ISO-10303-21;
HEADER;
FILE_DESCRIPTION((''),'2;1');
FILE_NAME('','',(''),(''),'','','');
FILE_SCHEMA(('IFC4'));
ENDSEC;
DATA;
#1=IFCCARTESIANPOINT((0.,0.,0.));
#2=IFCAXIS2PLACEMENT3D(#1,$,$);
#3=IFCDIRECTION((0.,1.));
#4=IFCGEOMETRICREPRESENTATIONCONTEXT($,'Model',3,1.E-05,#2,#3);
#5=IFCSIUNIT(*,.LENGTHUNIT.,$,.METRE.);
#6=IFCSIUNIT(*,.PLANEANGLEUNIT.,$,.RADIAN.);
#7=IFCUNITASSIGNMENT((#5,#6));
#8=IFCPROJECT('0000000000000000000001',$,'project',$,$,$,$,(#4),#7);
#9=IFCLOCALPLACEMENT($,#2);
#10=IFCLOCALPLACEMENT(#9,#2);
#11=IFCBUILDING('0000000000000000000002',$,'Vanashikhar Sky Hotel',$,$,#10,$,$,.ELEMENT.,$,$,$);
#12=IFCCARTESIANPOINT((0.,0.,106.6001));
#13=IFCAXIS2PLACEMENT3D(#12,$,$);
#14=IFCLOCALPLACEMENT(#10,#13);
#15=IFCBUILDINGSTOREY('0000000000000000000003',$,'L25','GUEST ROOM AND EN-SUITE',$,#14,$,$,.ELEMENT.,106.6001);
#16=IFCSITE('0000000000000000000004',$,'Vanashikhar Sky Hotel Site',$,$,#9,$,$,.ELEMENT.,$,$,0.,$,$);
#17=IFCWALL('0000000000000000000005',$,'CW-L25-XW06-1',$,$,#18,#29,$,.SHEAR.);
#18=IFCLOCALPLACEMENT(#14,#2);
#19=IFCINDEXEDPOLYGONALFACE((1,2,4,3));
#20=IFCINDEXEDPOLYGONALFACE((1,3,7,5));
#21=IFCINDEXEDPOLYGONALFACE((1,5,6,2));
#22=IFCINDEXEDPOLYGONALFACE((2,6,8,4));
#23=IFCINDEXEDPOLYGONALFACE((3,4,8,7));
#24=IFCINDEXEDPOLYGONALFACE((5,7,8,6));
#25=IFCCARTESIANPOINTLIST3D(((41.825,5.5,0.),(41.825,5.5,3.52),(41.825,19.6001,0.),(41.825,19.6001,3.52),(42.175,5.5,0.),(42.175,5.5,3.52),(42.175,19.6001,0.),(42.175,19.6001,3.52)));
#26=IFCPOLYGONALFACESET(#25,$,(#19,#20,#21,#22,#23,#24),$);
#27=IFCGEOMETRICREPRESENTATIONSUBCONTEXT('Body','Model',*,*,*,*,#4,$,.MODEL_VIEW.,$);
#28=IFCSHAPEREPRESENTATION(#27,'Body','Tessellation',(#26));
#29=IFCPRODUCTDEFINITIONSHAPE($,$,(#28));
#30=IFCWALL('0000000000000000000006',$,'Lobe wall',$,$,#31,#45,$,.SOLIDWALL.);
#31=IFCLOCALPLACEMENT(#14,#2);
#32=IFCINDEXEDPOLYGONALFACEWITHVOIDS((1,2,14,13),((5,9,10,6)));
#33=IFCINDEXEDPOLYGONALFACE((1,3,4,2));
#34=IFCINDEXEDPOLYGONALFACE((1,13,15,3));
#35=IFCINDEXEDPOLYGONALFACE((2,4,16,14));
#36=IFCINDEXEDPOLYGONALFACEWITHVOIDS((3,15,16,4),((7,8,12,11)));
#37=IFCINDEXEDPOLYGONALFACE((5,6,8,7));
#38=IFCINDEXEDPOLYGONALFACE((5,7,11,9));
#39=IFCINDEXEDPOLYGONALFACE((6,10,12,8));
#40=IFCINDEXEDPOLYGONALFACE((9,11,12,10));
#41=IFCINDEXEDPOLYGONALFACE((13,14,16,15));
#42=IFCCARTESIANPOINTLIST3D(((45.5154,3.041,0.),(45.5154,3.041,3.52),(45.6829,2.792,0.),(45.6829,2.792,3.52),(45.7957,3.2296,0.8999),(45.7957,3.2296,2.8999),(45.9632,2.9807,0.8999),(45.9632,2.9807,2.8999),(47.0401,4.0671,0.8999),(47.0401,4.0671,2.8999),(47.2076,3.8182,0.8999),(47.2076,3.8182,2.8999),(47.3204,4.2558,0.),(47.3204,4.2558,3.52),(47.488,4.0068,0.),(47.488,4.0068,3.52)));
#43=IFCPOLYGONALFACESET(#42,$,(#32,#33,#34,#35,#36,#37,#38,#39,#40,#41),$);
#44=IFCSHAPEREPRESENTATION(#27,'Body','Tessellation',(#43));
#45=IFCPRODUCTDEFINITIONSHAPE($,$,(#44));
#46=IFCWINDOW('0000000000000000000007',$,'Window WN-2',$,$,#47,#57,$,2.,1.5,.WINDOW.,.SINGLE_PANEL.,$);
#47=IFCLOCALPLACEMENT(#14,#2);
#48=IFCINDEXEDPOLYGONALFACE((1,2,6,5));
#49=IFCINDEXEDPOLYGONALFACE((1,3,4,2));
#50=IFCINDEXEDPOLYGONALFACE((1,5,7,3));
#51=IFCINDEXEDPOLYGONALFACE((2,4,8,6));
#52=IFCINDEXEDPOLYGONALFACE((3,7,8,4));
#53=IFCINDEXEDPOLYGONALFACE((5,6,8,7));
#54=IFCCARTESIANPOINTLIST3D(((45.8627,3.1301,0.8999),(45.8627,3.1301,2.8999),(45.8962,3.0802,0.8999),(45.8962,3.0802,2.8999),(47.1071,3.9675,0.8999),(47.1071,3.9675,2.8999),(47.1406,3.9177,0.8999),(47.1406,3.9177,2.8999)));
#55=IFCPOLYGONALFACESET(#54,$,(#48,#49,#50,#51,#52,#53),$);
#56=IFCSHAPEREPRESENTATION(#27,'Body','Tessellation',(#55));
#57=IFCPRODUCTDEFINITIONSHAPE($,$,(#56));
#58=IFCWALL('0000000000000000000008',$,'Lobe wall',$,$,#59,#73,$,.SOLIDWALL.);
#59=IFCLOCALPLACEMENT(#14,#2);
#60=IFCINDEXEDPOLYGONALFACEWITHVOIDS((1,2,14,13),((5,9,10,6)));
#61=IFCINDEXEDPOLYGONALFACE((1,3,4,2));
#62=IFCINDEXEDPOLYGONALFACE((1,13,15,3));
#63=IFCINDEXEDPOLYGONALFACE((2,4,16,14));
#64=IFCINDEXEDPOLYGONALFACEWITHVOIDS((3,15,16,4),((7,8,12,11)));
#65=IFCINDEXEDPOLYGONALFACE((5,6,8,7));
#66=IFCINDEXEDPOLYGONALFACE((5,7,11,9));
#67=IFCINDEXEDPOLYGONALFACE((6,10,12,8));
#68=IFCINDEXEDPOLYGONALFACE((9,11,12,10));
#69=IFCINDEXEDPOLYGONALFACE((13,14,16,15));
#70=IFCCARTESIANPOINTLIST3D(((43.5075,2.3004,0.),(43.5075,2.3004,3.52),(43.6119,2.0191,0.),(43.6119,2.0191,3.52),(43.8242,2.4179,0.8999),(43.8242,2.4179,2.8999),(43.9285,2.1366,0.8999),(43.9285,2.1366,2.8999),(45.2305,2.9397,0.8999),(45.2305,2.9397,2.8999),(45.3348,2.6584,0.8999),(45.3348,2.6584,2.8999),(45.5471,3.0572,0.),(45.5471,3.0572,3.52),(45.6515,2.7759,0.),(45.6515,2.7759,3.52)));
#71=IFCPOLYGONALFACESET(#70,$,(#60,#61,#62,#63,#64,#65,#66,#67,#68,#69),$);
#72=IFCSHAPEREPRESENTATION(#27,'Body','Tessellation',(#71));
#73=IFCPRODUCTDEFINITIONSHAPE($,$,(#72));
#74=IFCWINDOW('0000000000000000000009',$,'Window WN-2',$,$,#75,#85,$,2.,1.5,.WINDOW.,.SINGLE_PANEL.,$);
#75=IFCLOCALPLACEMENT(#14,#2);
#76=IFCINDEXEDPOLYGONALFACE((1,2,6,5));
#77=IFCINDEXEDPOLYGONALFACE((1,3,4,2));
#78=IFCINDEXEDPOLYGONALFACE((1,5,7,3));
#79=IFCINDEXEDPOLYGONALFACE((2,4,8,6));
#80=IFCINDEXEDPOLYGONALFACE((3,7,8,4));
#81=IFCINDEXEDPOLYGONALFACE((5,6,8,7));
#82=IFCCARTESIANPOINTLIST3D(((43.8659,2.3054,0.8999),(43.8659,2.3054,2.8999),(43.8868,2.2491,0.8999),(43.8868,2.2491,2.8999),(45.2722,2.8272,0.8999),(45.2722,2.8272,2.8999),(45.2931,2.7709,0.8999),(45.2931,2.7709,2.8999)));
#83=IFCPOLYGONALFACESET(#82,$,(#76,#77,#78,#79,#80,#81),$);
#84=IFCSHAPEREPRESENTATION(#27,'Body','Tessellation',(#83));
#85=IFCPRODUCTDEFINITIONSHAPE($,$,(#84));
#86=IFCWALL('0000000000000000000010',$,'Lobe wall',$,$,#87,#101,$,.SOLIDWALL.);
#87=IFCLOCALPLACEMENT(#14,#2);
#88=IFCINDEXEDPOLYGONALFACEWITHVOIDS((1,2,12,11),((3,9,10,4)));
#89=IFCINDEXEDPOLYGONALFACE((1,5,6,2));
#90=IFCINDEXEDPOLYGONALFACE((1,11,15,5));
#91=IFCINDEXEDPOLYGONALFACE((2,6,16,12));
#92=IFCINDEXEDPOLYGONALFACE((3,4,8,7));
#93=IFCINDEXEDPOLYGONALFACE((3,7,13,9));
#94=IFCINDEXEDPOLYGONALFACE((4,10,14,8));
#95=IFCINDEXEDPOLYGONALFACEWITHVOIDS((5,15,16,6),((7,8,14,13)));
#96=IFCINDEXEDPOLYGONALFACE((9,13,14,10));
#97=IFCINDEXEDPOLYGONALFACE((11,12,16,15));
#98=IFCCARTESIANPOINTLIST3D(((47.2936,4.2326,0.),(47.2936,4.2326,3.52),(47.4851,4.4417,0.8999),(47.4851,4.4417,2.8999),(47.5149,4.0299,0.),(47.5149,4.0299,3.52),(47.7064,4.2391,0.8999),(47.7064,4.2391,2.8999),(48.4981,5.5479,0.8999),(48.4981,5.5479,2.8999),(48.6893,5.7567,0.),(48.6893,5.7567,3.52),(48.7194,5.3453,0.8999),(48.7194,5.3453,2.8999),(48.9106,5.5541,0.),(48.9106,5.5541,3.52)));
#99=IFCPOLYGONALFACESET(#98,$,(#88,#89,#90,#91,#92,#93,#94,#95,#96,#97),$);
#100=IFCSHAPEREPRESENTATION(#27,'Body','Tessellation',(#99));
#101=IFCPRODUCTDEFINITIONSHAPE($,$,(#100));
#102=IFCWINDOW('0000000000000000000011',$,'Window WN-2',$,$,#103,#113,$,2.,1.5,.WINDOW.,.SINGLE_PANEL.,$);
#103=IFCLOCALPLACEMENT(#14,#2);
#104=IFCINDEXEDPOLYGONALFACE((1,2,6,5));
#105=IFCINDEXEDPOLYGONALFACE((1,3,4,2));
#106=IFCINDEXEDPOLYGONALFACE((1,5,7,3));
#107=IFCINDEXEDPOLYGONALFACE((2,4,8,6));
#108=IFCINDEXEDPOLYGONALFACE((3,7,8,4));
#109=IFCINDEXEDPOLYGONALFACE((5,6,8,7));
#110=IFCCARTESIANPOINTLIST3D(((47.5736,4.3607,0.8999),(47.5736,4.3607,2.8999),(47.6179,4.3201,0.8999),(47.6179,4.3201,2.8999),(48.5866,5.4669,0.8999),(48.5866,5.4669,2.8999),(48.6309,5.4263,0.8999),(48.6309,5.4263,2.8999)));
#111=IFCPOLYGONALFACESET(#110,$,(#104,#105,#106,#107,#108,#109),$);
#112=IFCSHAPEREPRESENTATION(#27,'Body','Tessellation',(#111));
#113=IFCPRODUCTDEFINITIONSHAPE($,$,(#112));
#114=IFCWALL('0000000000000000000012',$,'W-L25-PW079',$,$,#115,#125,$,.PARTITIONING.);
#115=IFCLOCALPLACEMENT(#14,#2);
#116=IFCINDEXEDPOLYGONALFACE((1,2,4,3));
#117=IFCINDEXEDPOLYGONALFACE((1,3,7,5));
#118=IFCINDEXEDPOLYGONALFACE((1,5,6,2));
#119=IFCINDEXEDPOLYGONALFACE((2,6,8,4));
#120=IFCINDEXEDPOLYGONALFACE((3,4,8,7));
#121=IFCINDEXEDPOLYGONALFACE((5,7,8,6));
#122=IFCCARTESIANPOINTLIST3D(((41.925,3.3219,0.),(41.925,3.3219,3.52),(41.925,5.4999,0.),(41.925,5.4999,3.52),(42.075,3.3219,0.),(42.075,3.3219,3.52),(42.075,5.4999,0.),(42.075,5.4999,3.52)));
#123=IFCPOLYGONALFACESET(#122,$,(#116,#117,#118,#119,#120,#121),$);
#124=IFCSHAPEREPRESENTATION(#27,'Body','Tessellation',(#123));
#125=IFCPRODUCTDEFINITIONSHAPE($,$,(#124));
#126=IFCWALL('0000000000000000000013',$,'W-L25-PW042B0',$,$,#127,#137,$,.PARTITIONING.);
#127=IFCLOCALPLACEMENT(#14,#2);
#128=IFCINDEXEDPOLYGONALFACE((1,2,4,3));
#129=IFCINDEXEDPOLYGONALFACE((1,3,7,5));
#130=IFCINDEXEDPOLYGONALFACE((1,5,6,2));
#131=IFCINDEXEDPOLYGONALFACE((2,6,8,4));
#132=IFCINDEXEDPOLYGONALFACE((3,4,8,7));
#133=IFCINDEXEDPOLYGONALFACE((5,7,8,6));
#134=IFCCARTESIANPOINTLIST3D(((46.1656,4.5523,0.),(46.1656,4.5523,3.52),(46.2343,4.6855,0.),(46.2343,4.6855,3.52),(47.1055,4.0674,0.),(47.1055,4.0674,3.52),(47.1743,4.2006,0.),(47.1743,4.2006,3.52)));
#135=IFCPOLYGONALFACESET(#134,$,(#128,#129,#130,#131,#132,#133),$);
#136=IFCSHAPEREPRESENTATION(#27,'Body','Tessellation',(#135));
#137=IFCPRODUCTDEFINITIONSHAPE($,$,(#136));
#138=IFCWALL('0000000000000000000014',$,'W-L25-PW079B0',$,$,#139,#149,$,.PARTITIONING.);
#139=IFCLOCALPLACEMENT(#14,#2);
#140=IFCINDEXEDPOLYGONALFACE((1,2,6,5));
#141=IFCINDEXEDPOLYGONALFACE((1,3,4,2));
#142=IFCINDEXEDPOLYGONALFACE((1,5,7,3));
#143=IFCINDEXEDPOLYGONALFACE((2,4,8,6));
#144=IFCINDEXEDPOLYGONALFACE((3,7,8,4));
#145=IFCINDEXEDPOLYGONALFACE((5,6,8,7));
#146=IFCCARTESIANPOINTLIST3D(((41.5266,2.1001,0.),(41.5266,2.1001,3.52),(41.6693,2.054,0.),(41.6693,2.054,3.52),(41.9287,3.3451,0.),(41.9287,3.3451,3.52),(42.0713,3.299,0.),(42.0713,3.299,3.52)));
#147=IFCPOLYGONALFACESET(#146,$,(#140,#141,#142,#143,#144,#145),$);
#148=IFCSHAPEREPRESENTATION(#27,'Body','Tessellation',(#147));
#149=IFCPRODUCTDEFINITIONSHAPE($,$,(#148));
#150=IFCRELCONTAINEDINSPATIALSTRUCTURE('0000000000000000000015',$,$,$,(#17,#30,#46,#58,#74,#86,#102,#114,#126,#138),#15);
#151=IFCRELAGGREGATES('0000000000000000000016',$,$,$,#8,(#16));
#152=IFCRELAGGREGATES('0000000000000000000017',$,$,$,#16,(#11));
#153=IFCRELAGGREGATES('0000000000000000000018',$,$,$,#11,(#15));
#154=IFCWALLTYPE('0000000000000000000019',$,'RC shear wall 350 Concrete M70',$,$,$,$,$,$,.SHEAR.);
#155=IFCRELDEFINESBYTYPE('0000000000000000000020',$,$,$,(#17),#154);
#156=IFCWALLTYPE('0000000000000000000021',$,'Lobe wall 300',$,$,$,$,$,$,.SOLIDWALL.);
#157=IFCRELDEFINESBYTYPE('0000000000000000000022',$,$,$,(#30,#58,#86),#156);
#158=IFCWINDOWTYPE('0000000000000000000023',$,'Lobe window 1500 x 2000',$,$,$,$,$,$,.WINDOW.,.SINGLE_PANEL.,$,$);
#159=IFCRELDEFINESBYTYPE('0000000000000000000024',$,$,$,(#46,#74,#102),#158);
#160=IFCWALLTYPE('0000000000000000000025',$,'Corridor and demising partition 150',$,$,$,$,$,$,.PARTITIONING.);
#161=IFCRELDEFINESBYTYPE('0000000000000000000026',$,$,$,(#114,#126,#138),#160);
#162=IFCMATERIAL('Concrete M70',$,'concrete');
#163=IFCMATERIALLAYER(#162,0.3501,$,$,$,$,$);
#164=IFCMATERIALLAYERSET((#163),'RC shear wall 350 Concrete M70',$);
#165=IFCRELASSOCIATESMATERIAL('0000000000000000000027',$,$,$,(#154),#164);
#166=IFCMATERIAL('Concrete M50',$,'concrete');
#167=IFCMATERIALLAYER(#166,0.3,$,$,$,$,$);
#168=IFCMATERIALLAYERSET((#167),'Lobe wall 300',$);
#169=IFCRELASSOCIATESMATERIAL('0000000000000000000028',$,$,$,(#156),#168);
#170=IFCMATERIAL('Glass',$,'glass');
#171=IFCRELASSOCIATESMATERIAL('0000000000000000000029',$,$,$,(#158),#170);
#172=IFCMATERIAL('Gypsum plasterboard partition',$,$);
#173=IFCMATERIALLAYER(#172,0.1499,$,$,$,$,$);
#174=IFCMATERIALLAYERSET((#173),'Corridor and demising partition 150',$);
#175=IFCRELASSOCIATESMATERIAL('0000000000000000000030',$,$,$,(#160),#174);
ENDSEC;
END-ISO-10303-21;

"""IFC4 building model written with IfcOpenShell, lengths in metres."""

from ifc_helpers import new_model, si_unit, direction, frame, frame_2d, origin, place, context, subcontext, project, spatial, rectangle, extrude, source, transform, mapped, material, layer, layer_set, type_object, element, fill, save


model = new_model("IFC4")

# Units and contexts
model_context = context("Model", 3, precision=1e-05, world=origin(), true_north=direction((0.0, 1.0)))
body_context = subcontext(model_context, "Body", "Model", "MODEL_VIEW")
ifc_project = project(units=[si_unit("LENGTHUNIT", "METRE"), si_unit("PLANEANGLEUNIT", "RADIAN")], contexts=[model_context])

# Site, building, storey
site_placement = place(None, origin())
site = spatial("IfcSite", under=ifc_project, at=site_placement, Name="Vanashikhar Sky Hotel Site", CompositionType="ELEMENT", RefElevation=0.0)
building_placement = place(site_placement, origin())
building = spatial("IfcBuilding", under=site, at=building_placement, Name="Vanashikhar Sky Hotel", CompositionType="ELEMENT")
storey_placement = place(building_placement, frame((0.0, 0.0, 106.6001)))
storey = spatial("IfcBuildingStorey", under=building, at=storey_placement, Name="L25", Description="GUEST ROOM AND EN-SUITE", CompositionType="ELEMENT", Elevation=106.6001)

# Wall
ifc_material_1 = material(Name="Concrete M70", Category="concrete")
ifc_layer_1 = layer(ifc_material_1, 0.3501)
ifc_layer_set_1 = layer_set([ifc_layer_1], Name="RC shear wall 350 Concrete M70")
wall_type_1 = type_object("IfcWallType", Name="RC shear wall 350 Concrete M70", PredefinedType="SHEAR", material=ifc_layer_set_1)
shared_shape_1 = source(origin(), body_context, "Body", "SweptSolid", [
    extrude(rectangle(XDim=14.1001, YDim=0.3501, at=frame_2d((7.05, 0.0))), origin(), (0.0, 0.0, 1.0), 3.52),
])
wall_1_placement = place(storey_placement, frame((42.0, 5.5, 0.0), z_axis=(0.0, 0.0, 1.0), x_axis=(0.0, 1.0, 0.0)))
element("IfcWall", 1, at=wall_1_placement, inside=storey, type_object=wall_type_1, Name="CW-L25-XW06-1", PredefinedType="SHEAR", context=body_context, shape_type="MappedRepresentation", body=[
    mapped(shared_shape_1, transform((0.0, 0.0, 0.0), scale=1.0)),
])

# Walls, openings, windows
ifc_material_2 = material(Name="Concrete M50", Category="concrete")
ifc_layer_2 = layer(ifc_material_2, 0.3)
ifc_layer_set_2 = layer_set([ifc_layer_2], Name="Lobe wall 300")
wall_type_2 = type_object("IfcWallType", Name="Lobe wall 300", PredefinedType="SOLIDWALL", material=ifc_layer_set_2)
shared_shape_2 = source(origin(), body_context, "Body", "SweptSolid", [
    extrude(rectangle(XDim=2.1758, YDim=0.3, at=frame_2d((1.0879, 0.0))), origin(), (0.0, 0.0, 1.0), 3.52),
])
wall_2_placement = place(storey_placement, frame((45.5991, 2.9165, 0.0), z_axis=(0.0, 0.0, 1.0), x_axis=(0.829626, 0.55832, 0.0)))
wall_2 = element("IfcWall", 2, at=wall_2_placement, inside=storey, type_object=wall_type_2, Name="Lobe wall", PredefinedType="SOLIDWALL", context=body_context, shape_type="MappedRepresentation", body=[
    mapped(shared_shape_2, transform((0.0, 0.0, 0.0), scale=1.0)),
])
shared_shape_3 = source(origin(), body_context, "Body", "SweptSolid", [
    extrude(rectangle(XDim=1.5, YDim=2.0, at=frame_2d((0.75, 1.0))), frame((0.0, 0.1602, 0.0), z_axis=(0.0, -1.0, 0.0), x_axis=(1.0, 0.0, 0.0)), (0.0, 0.0, 1.0), 0.3201),
])
opening_1_placement = place(wall_2_placement, frame((0.3379, 0.0, 0.8999)))
opening_1 = element("IfcOpeningElement", 3, at=opening_1_placement, cuts=wall_2, PredefinedType="OPENING", context=body_context, shape_type="MappedRepresentation", body=[
    mapped(shared_shape_3, transform((0.0, 0.0, 0.0), scale=1.0)),
])
ifc_material_3 = material(Name="Glass", Category="glass")
window_type = type_object("IfcWindowType", Name="Lobe window 1500 x 2000", PartitioningType="SINGLE_PANEL", PredefinedType="WINDOW", material=ifc_material_3)
shared_shape_4 = source(origin(), body_context, "Body", "SweptSolid", [
    extrude(rectangle(XDim=1.5, YDim=2.0, at=frame_2d((0.75, 1.0))), frame((0.0, 0.03, 0.0), z_axis=(0.0, -1.0, 0.0), x_axis=(1.0, 0.0, 0.0)), (0.0, 0.0, 1.0), 0.0601),
])
window_1_placement = place(opening_1_placement, origin())
window_1 = element("IfcWindow", 4, at=window_1_placement, inside=storey, type_object=window_type, Name="Window WN-2", OverallHeight=2.0, OverallWidth=1.5, PartitioningType="SINGLE_PANEL", PredefinedType="WINDOW", context=body_context, shape_type="MappedRepresentation", body=[
    mapped(shared_shape_4, transform((0.0, 0.0, 0.0), scale=1.0)),
])
fill(opening_1, window_1)
shared_shape_5 = source(origin(), body_context, "Body", "SweptSolid", [
    extrude(rectangle(XDim=2.1755, YDim=0.3, at=frame_2d((1.0879, 0.0))), origin(), (0.0, 0.0, 1.0), 3.52),
])
wall_3_placement = place(storey_placement, frame((43.5596, 2.1597, 0.0), z_axis=(0.0, 0.0, 1.0), x_axis=(0.937532, 0.347899, 0.0)))
wall_3 = element("IfcWall", 5, at=wall_3_placement, inside=storey, type_object=wall_type_2, Name="Lobe wall", PredefinedType="SOLIDWALL", context=body_context, shape_type="MappedRepresentation", body=[
    mapped(shared_shape_5, transform((0.0, 0.0, 0.0), scale=1.0)),
])
opening_2_placement = place(wall_3_placement, frame((0.3379, 0.0, 0.8999)))
opening_2 = element("IfcOpeningElement", 6, at=opening_2_placement, cuts=wall_3, PredefinedType="OPENING", context=body_context, shape_type="MappedRepresentation", body=[
    mapped(shared_shape_3, transform((0.0, 0.0, 0.0), scale=1.0)),
])
window_2_placement = place(opening_2_placement, origin())
window_2 = element("IfcWindow", 7, at=window_2_placement, inside=storey, type_object=window_type, Name="Window WN-2", OverallHeight=2.0, OverallWidth=1.5, PartitioningType="SINGLE_PANEL", PredefinedType="WINDOW", context=body_context, shape_type="MappedRepresentation", body=[
    mapped(shared_shape_4, transform((0.0, 0.0, 0.0), scale=1.0)),
])
fill(opening_2, window_2)
shared_shape_6 = source(origin(), body_context, "Body", "SweptSolid", [
    extrude(rectangle(XDim=2.0667, YDim=0.3, at=frame_2d((1.0332, 0.0))), origin(), (0.0, 0.0, 1.0), 3.52),
])
wall_4_placement = place(storey_placement, frame((47.4043, 4.1313, 0.0), z_axis=(0.0, 0.0, 1.0), x_axis=(0.675355, 0.737492, 0.0)))
wall_4 = element("IfcWall", 8, at=wall_4_placement, inside=storey, type_object=wall_type_2, Name="Lobe wall", PredefinedType="SOLIDWALL", context=body_context, shape_type="MappedRepresentation", body=[
    mapped(shared_shape_6, transform((0.0, 0.0, 0.0), scale=1.0)),
])
opening_3_placement = place(wall_4_placement, frame((0.2834, 0.0, 0.8999)))
opening_3 = element("IfcOpeningElement", 9, at=opening_3_placement, cuts=wall_4, PredefinedType="OPENING", context=body_context, shape_type="MappedRepresentation", body=[
    mapped(shared_shape_3, transform((0.0, 0.0, 0.0), scale=1.0)),
])
window_3_placement = place(opening_3_placement, origin())
window_3 = element("IfcWindow", 10, at=window_3_placement, inside=storey, type_object=window_type, Name="Window WN-2", OverallHeight=2.0, OverallWidth=1.5, PartitioningType="SINGLE_PANEL", PredefinedType="WINDOW", context=body_context, shape_type="MappedRepresentation", body=[
    mapped(shared_shape_4, transform((0.0, 0.0, 0.0), scale=1.0)),
])
fill(opening_3, window_3)

# Walls
ifc_material_4 = material(Name="Gypsum plasterboard partition")
ifc_layer_3 = layer(ifc_material_4, 0.1499)
ifc_layer_set_3 = layer_set([ifc_layer_3], Name="Corridor and demising partition 150")
wall_type_3 = type_object("IfcWallType", Name="Corridor and demising partition 150", PredefinedType="PARTITIONING", material=ifc_layer_set_3)
shared_shape_7 = source(origin(), body_context, "Body", "SweptSolid", [
    extrude(rectangle(XDim=2.178, YDim=0.1499, at=frame_2d((1.0889, 0.0))), origin(), (0.0, 0.0, 1.0), 3.52),
])
wall_5_placement = place(storey_placement, frame((42.0, 3.322, 0.0), z_axis=(0.0, 0.0, 1.0), x_axis=(0.0, 1.0, 0.0)))
element("IfcWall", 11, at=wall_5_placement, inside=storey, type_object=wall_type_3, Name="W-L25-PW079", PredefinedType="PARTITIONING", context=body_context, shape_type="MappedRepresentation", body=[
    mapped(shared_shape_7, transform((0.0, 0.0, 0.0), scale=1.0)),
])
shared_shape_8 = source(origin(), body_context, "Body", "SweptSolid", [
    extrude(rectangle(XDim=1.0576, YDim=0.1499, at=frame_2d((0.5288, 0.0))), origin(), (0.0, 0.0, 1.0), 3.52),
])
wall_6_placement = place(storey_placement, frame((47.1399, 4.134, 0.0), z_axis=(0.0, 0.0, 1.0), x_axis=(-0.888724, 0.458443, 0.0)))
element("IfcWall", 12, at=wall_6_placement, inside=storey, type_object=wall_type_3, Name="W-L25-PW042B0", PredefinedType="PARTITIONING", context=body_context, shape_type="MappedRepresentation", body=[
    mapped(shared_shape_8, transform((0.0, 0.0, 0.0), scale=1.0)),
])
shared_shape_9 = source(origin(), body_context, "Body", "SweptSolid", [
    extrude(rectangle(XDim=1.3083, YDim=0.1499, at=frame_2d((0.6543, 0.0))), origin(), (0.0, 0.0, 1.0), 3.52),
])
wall_7_placement = place(storey_placement, frame((41.5979, 2.0769, 0.0), z_axis=(0.0, 0.0, 1.0), x_axis=(0.307314, 0.951608, 0.0)))
element("IfcWall", 13, at=wall_7_placement, inside=storey, type_object=wall_type_3, Name="W-L25-PW079B0", PredefinedType="PARTITIONING", context=body_context, shape_type="MappedRepresentation", body=[
    mapped(shared_shape_9, transform((0.0, 0.0, 0.0), scale=1.0)),
])

save(model, "model.ifc")
